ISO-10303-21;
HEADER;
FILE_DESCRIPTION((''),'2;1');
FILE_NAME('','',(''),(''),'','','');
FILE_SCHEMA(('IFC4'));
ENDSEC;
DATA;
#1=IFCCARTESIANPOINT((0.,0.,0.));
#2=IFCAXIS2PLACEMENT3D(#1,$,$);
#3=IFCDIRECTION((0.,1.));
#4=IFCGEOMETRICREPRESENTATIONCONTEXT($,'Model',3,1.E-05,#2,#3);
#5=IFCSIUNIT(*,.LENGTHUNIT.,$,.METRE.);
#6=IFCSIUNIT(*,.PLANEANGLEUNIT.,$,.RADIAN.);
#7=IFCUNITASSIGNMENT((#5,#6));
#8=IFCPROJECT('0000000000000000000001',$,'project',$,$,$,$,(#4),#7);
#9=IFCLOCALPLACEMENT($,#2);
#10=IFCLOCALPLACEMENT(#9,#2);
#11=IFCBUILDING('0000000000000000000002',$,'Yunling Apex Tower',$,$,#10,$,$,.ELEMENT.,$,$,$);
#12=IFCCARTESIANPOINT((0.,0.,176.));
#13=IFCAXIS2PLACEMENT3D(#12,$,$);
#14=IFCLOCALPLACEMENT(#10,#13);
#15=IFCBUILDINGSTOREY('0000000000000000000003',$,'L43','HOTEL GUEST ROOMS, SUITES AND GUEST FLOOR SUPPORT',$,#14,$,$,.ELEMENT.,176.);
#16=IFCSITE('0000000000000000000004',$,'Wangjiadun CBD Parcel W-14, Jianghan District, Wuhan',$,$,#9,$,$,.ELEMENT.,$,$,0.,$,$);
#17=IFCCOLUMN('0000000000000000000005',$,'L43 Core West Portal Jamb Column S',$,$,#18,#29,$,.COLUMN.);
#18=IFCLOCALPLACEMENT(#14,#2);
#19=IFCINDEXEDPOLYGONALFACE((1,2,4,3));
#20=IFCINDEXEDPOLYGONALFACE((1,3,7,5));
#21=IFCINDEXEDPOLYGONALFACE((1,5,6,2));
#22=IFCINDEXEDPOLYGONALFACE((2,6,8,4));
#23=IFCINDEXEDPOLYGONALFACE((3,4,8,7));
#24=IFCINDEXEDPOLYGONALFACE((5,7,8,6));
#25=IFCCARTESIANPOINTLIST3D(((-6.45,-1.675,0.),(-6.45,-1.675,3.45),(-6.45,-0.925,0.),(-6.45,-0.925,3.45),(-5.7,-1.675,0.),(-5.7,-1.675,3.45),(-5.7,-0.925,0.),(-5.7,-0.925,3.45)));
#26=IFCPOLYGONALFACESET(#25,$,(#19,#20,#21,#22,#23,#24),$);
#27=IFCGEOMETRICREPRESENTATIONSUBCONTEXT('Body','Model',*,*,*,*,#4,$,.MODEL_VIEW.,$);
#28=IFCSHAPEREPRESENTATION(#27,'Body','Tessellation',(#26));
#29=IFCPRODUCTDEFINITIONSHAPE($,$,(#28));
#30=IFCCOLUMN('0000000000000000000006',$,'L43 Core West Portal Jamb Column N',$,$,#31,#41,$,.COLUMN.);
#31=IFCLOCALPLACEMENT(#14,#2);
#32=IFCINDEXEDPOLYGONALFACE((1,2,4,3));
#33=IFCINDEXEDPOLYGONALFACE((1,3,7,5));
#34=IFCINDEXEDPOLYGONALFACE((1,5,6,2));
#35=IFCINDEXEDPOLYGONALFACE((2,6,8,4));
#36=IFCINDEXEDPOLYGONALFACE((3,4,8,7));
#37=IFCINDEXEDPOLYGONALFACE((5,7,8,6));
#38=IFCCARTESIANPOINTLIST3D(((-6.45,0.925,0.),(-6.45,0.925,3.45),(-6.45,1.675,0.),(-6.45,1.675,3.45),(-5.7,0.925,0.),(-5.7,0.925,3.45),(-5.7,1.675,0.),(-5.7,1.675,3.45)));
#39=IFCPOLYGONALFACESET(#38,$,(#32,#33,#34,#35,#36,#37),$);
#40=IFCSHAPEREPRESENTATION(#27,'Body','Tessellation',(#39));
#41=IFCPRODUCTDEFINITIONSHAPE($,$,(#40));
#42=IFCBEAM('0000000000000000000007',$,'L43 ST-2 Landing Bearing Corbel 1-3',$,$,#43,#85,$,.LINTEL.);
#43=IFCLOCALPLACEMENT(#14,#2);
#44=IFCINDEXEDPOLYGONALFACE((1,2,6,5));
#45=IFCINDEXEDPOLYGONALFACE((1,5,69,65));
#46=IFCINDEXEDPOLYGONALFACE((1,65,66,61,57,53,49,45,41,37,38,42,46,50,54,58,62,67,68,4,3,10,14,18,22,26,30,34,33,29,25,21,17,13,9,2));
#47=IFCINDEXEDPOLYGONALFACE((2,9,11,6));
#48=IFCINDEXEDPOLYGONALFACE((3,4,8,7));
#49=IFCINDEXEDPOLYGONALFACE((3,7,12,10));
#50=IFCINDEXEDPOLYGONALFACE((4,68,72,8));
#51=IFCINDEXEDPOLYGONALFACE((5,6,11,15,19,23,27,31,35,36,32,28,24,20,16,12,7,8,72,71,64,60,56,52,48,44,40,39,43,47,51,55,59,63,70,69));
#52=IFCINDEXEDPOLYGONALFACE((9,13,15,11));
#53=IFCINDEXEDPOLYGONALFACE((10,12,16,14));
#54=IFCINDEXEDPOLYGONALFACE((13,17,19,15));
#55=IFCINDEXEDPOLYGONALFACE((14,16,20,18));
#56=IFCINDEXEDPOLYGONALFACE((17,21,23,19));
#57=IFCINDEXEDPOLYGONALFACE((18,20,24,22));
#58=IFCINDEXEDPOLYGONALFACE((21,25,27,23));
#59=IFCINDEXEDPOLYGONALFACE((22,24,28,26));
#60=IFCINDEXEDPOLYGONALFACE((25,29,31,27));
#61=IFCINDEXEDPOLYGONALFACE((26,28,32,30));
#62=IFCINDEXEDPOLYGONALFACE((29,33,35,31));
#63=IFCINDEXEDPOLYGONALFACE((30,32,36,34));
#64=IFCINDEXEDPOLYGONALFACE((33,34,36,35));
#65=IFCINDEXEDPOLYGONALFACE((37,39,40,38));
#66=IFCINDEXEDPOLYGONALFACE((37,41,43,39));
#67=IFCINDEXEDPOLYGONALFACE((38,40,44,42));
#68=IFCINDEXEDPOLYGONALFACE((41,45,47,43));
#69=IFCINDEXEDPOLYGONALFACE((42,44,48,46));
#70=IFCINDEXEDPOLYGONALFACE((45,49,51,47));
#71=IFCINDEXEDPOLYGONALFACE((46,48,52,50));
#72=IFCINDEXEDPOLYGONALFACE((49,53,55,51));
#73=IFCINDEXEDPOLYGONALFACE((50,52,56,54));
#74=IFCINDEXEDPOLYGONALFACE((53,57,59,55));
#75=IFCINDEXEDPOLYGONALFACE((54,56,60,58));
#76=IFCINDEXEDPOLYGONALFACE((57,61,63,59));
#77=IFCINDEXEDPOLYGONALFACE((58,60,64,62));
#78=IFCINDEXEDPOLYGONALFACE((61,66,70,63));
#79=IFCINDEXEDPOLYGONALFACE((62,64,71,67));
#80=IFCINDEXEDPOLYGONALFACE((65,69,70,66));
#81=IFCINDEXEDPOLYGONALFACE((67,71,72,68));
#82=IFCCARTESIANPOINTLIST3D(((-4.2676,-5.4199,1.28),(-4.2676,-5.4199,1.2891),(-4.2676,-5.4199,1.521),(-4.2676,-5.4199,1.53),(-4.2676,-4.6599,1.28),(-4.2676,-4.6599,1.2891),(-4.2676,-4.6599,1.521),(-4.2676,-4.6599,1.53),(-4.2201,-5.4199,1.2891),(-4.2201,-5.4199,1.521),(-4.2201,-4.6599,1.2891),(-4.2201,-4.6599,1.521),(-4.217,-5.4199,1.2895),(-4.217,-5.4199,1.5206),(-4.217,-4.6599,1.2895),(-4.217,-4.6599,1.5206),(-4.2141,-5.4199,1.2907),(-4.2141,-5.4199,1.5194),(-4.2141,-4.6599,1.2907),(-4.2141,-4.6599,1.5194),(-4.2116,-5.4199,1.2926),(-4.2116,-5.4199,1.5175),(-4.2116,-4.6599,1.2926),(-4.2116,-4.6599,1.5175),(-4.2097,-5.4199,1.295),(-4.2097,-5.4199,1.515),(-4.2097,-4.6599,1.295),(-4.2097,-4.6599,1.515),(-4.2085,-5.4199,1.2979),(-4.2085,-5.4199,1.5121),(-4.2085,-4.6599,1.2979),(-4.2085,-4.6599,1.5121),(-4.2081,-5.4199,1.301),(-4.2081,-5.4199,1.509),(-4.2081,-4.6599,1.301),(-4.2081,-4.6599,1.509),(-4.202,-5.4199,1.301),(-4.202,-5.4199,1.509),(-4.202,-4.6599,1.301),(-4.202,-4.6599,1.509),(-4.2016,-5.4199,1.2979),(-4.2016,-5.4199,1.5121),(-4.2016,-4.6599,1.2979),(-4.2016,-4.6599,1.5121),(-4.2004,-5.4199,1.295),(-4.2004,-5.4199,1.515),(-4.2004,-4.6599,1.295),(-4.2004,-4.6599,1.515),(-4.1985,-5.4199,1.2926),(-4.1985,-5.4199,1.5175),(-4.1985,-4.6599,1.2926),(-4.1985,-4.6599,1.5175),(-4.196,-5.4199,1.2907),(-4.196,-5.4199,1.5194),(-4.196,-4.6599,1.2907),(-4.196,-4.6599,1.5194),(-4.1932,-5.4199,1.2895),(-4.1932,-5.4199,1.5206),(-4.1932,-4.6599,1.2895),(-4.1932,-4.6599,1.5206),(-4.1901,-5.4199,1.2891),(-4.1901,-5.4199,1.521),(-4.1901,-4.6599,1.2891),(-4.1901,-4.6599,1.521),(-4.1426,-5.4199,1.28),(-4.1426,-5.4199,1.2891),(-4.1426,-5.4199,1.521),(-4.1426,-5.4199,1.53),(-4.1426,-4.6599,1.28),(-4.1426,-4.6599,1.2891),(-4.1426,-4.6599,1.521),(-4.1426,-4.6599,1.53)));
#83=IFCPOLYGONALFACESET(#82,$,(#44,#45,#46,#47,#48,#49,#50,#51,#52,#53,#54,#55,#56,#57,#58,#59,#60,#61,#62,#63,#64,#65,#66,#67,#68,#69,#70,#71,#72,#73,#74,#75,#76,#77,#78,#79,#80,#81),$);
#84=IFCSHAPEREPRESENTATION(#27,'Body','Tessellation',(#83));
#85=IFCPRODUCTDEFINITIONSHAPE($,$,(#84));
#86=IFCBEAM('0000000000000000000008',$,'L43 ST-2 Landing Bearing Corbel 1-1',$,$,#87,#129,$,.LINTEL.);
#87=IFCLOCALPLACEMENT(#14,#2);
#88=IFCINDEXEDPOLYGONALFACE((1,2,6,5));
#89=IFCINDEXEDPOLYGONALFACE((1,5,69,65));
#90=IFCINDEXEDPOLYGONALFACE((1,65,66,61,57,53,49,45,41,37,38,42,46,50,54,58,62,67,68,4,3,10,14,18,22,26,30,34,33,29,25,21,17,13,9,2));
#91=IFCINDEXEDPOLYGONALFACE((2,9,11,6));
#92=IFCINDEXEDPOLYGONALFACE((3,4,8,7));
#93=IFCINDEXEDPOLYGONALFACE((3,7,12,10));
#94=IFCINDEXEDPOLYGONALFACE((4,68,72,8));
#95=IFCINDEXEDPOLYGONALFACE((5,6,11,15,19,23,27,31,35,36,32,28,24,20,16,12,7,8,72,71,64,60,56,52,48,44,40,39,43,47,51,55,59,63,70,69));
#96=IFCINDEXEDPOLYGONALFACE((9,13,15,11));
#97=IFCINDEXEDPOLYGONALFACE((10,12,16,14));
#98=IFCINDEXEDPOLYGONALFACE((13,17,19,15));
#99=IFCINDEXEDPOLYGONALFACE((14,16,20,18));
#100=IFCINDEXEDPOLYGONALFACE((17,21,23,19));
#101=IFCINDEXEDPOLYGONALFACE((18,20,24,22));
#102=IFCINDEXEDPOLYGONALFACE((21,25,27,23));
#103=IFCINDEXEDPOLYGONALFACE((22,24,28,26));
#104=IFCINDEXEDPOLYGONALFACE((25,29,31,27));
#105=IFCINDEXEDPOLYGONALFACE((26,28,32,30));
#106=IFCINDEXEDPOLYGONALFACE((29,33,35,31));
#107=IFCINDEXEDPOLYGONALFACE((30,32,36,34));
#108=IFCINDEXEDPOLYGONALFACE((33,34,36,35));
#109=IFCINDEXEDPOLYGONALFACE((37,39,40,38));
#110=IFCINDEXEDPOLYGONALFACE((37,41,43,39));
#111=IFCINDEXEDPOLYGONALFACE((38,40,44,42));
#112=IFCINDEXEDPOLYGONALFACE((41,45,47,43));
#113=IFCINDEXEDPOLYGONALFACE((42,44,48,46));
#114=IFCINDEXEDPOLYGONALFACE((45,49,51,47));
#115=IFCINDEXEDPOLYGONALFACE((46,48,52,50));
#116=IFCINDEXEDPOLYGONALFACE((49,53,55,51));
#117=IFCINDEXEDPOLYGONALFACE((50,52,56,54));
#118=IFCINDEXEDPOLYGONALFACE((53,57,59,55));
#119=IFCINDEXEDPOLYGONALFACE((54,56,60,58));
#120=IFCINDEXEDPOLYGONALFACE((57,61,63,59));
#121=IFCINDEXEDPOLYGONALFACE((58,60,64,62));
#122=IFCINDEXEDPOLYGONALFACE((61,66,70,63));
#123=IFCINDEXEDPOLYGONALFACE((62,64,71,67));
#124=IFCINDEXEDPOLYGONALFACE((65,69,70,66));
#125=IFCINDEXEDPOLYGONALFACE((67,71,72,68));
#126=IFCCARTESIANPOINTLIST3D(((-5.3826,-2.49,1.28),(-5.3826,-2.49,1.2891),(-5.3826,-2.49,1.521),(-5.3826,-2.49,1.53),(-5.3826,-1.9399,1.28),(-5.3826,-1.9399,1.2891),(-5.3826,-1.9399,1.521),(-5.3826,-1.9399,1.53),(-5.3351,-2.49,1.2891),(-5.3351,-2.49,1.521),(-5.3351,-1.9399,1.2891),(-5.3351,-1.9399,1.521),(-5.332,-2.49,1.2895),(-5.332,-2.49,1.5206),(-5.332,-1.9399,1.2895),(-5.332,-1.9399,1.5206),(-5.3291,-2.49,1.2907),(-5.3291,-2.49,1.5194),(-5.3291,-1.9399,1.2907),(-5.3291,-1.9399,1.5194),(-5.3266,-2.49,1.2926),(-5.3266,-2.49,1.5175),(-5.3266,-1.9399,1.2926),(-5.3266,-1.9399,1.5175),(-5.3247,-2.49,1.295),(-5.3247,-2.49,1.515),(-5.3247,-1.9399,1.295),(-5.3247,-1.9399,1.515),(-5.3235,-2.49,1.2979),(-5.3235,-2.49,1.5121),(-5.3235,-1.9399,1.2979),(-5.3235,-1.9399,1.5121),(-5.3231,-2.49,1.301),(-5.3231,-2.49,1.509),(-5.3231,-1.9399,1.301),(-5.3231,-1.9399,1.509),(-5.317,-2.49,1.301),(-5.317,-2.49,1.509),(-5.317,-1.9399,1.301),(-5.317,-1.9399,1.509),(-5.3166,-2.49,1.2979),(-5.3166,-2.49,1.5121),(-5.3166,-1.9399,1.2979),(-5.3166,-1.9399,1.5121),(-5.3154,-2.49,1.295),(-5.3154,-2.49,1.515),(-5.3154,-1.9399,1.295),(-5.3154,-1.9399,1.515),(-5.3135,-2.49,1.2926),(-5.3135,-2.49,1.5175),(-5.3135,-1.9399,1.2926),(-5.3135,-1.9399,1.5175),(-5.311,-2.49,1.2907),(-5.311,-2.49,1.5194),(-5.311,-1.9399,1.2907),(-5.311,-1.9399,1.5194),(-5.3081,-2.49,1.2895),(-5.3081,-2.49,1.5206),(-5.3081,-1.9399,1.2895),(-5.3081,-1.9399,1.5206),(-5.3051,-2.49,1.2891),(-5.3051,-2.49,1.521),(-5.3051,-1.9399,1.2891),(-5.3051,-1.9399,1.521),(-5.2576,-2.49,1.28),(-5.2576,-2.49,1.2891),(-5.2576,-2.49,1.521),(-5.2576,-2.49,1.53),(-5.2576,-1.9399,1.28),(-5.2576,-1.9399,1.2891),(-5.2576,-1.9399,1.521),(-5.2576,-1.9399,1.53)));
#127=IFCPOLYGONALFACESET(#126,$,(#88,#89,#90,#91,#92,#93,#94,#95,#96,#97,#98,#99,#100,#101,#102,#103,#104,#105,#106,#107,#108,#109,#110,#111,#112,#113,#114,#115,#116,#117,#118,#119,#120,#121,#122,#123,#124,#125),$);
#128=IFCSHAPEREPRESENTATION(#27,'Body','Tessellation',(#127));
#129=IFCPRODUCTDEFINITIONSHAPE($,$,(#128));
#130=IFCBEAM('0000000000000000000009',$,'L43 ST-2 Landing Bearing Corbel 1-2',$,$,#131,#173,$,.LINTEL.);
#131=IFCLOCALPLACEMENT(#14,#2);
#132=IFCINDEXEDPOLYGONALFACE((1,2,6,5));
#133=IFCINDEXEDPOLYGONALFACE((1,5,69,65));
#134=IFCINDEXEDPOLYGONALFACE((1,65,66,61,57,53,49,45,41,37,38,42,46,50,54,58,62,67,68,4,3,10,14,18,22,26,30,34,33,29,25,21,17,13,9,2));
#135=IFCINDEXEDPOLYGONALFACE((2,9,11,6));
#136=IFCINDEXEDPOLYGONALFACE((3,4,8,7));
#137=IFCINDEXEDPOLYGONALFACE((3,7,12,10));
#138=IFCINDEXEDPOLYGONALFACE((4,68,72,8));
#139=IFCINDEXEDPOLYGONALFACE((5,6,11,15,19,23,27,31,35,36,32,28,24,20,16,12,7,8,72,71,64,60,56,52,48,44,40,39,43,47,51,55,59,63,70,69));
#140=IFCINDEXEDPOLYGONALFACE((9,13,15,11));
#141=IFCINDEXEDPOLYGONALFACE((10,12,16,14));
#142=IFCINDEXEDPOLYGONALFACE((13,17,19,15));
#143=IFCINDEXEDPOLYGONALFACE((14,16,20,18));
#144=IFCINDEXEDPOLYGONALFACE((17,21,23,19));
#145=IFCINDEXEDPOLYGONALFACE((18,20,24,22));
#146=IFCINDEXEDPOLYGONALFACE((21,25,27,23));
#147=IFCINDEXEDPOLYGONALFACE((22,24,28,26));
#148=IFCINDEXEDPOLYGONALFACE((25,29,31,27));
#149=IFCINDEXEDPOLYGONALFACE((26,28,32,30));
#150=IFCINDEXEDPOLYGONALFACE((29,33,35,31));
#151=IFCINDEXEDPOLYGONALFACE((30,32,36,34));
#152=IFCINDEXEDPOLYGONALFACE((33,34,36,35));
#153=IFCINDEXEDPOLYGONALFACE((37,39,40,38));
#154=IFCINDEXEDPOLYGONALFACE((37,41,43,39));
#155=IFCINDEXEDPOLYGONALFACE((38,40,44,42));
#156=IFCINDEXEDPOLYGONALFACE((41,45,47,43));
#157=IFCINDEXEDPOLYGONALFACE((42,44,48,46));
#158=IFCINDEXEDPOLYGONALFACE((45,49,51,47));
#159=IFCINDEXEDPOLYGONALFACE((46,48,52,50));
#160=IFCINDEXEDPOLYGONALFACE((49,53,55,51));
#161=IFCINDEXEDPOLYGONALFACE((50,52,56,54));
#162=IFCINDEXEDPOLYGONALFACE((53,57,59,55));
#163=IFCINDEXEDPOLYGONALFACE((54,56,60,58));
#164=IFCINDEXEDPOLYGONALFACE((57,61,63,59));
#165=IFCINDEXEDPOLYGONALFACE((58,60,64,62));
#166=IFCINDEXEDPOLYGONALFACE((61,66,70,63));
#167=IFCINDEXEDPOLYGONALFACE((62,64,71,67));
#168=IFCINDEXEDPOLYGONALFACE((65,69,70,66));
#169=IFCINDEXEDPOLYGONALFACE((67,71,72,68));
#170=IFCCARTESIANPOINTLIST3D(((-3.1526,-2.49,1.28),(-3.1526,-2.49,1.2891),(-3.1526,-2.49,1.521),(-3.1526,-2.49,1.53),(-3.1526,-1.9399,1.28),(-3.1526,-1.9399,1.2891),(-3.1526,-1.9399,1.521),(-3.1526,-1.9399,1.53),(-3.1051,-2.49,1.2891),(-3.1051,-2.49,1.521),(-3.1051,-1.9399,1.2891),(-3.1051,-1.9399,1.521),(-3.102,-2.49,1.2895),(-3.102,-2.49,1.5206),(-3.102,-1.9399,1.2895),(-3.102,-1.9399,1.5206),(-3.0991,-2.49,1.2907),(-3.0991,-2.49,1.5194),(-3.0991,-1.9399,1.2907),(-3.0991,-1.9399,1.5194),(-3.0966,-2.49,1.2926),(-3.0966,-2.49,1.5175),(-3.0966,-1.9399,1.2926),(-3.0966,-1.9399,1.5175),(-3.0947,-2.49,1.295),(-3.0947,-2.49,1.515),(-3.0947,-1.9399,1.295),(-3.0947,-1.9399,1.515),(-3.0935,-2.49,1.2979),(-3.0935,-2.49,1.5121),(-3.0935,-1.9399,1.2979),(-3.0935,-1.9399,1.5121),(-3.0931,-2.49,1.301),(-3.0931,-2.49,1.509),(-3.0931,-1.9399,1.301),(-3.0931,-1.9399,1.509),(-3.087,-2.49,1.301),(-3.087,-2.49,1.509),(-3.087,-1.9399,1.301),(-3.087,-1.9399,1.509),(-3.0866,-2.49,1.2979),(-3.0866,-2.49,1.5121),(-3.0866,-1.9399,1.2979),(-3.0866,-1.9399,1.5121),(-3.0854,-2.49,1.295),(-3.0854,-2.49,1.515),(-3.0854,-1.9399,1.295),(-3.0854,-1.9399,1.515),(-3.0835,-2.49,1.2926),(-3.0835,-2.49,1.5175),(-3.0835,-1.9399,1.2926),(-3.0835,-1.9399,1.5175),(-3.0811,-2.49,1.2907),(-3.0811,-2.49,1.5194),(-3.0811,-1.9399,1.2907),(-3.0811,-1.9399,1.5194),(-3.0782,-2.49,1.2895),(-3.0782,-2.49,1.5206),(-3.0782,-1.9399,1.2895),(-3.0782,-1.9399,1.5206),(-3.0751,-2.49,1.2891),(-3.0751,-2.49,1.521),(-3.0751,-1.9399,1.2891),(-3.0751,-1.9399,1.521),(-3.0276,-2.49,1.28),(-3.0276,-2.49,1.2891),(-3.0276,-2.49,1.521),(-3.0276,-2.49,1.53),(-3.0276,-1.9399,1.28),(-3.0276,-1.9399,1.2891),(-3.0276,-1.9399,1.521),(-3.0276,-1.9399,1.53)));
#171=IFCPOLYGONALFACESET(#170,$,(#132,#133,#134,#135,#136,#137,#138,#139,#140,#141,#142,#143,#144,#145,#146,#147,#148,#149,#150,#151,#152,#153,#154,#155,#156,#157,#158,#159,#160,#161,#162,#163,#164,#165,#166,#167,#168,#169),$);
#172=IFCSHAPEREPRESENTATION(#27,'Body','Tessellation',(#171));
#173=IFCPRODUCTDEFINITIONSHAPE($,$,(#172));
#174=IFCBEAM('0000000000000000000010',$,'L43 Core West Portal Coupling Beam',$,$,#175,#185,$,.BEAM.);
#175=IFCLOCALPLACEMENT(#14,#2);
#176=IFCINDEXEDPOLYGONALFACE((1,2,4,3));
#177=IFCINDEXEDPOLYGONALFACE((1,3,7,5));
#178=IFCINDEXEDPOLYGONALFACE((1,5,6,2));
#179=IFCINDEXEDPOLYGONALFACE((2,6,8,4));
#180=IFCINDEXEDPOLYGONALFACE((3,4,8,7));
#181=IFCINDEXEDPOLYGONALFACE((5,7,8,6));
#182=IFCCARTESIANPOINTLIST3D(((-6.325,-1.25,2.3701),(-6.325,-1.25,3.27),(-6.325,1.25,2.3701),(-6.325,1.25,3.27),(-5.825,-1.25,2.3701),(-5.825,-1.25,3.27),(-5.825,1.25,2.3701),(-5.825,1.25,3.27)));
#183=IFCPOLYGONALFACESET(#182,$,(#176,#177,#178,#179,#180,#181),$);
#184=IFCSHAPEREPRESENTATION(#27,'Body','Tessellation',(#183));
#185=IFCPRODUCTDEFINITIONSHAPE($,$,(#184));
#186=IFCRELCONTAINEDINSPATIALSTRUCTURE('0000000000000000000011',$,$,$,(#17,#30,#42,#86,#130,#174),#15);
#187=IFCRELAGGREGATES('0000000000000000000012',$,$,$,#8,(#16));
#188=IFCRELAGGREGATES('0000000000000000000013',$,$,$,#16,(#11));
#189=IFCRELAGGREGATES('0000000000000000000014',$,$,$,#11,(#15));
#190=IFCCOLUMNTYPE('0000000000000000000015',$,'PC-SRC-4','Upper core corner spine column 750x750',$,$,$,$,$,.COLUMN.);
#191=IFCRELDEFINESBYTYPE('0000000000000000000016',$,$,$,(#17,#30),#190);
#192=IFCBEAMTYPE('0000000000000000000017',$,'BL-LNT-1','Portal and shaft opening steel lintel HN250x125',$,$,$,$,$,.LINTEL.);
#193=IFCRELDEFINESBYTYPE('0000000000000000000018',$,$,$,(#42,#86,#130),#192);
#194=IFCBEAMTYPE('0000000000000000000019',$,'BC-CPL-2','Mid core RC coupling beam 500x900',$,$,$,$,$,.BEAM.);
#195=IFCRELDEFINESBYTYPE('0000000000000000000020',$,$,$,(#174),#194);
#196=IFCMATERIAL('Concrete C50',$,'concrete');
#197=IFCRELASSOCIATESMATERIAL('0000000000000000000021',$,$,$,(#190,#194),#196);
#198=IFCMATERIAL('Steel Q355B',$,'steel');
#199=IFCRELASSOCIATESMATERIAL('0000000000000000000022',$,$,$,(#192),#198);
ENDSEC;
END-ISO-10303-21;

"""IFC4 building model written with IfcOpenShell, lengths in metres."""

from ifc_helpers import new_model, si_unit, direction, frame, origin, origin_2d, place, context, subcontext, project, spatial, rectangle, i_section, extrude, source, transform, mapped, material, material_profile, profile_set, type_object, element, save


model = new_model("IFC4")

# Units and contexts
model_context = context("Model", 3, precision=1e-05, world=origin(), true_north=direction((0.0, 1.0)))
body_context = subcontext(model_context, "Body", "Model", "MODEL_VIEW")
ifc_project = project(units=[si_unit("LENGTHUNIT", "METRE"), si_unit("PLANEANGLEUNIT", "RADIAN")], contexts=[model_context])

# Site, building, storey
site_placement = place(None, origin())
site = spatial("IfcSite", under=ifc_project, at=site_placement, Name="Wangjiadun CBD Parcel W-14, Jianghan District, Wuhan", CompositionType="ELEMENT", RefElevation=0.0)
building_placement = place(site_placement, origin())
building = spatial("IfcBuilding", under=site, at=building_placement, Name="Yunling Apex Tower", CompositionType="ELEMENT")
storey_placement = place(building_placement, frame((0.0, 0.0, 176.0)))
storey = spatial("IfcBuildingStorey", under=building, at=storey_placement, Name="L43", Description="HOTEL GUEST ROOMS, SUITES AND GUEST FLOOR SUPPORT", CompositionType="ELEMENT", Elevation=176.0)

# Columns
ifc_material_1 = material(Name="Concrete C50", Category="concrete")
ifc_material_profile_1 = material_profile(ifc_material_1, rectangle(XDim=0.75, YDim=0.75, at=origin_2d()))
ifc_profile_set_1 = profile_set([ifc_material_profile_1], Name="Concrete C50")
column_type = type_object("IfcColumnType", Name="PC-SRC-4", Description="Upper core corner spine column 750x750", PredefinedType="COLUMN", material=ifc_profile_set_1)
shared_shape_1 = source(origin(), body_context, "Body", "SweptSolid", [
    extrude(rectangle(XDim=0.75, YDim=0.75, at=origin_2d()), origin(), (0.0, 0.0, 1.0), 3.45),
])
for number, where, z_axis, x_axis, name in (
    (1, (-6.075, -1.3, 0.0), (0.0, 0.0, 1.0), (1.0, 0.0, 0.0), "L43 Core West Portal Jamb Column S"),
    (2, (-6.075, 1.3, 0.0), (0.0, 0.0, 1.0), (1.0, 0.0, 0.0), "L43 Core West Portal Jamb Column N"),
):
    element("IfcColumn", number, at=place(storey_placement, frame(where, z_axis=z_axis, x_axis=x_axis)), inside=storey, type_object=column_type, Name=name, PredefinedType="COLUMN", context=body_context, shape_type="MappedRepresentation", body=[
        mapped(shared_shape_1, transform((0.0, 0.0, 0.0), scale=1.0)),
    ])

# Beams
ifc_material_2 = material(Name="Steel Q355B", Category="steel")
ifc_material_profile_2 = material_profile(ifc_material_2, i_section(OverallWidth=0.125, OverallDepth=0.25, WebThickness=0.0061, FlangeThickness=0.009, FilletRadius=0.012, at=origin_2d()))
ifc_profile_set_2 = profile_set([ifc_material_profile_2], Name="Steel Q355B")
beam_type_1 = type_object("IfcBeamType", Name="BL-LNT-1", Description="Portal and shaft opening steel lintel HN250x125", PredefinedType="LINTEL", material=ifc_profile_set_2)
shared_shape_2 = source(origin(), body_context, "Body", "SweptSolid", [
    extrude(i_section(OverallWidth=0.125, OverallDepth=0.25, WebThickness=0.0061, FlangeThickness=0.009, FilletRadius=0.012, at=origin_2d()), origin(), (0.0, 0.0, 1.0), 0.76),
])
beam_1_placement = place(storey_placement, frame((-4.2051, -5.4199, 1.405), z_axis=(0.0, 1.0, 0.0), x_axis=(-1.0, 0.0, 0.0)))
element("IfcBeam", 3, at=beam_1_placement, inside=storey, type_object=beam_type_1, Name="L43 ST-2 Landing Bearing Corbel 1-3", PredefinedType="LINTEL", context=body_context, shape_type="MappedRepresentation", body=[
    mapped(shared_shape_2, transform((0.0, 0.0, 0.0), scale=1.0)),
])
shared_shape_3 = source(origin(), body_context, "Body", "SweptSolid", [
    extrude(i_section(OverallWidth=0.125, OverallDepth=0.25, WebThickness=0.0061, FlangeThickness=0.009, FilletRadius=0.012, at=origin_2d()), origin(), (0.0, 0.0, 1.0), 0.55),
])
for number, where, z_axis, x_axis, name in (
    (4, (-5.3201, -1.9399, 1.405), (0.0, -1.0, 0.0), (1.0, 0.0, 0.0), "L43 ST-2 Landing Bearing Corbel 1-1"),
    (5, (-3.0901, -1.9399, 1.405), (0.0, -1.0, 0.0), (1.0, 0.0, 0.0), "L43 ST-2 Landing Bearing Corbel 1-2"),
):
    element("IfcBeam", number, at=place(storey_placement, frame(where, z_axis=z_axis, x_axis=x_axis)), inside=storey, type_object=beam_type_1, Name=name, PredefinedType="LINTEL", context=body_context, shape_type="MappedRepresentation", body=[
        mapped(shared_shape_3, transform((0.0, 0.0, 0.0), scale=1.0)),
    ])
ifc_material_profile_3 = material_profile(ifc_material_1, rectangle(XDim=0.5, YDim=0.8999, at=origin_2d()))
ifc_profile_set_3 = profile_set([ifc_material_profile_3], Name="Concrete C50")
beam_type_2 = type_object("IfcBeamType", Name="BC-CPL-2", Description="Mid core RC coupling beam 500x900", PredefinedType="BEAM", material=ifc_profile_set_3)
shared_shape_4 = source(origin(), body_context, "Body", "SweptSolid", [
    extrude(rectangle(XDim=0.5, YDim=0.8999, at=origin_2d()), origin(), (0.0, 0.0, 1.0), 2.5),
])
beam_2_placement = place(storey_placement, frame((-6.075, -1.25, 2.8201), z_axis=(0.0, 1.0, 0.0), x_axis=(-1.0, 0.0, 0.0)))
element("IfcBeam", 6, at=beam_2_placement, inside=storey, type_object=beam_type_2, Name="L43 Core West Portal Coupling Beam", PredefinedType="BEAM", context=body_context, shape_type="MappedRepresentation", body=[
    mapped(shared_shape_4, transform((0.0, 0.0, 0.0), scale=1.0)),
])

save(model, "model.ifc")
